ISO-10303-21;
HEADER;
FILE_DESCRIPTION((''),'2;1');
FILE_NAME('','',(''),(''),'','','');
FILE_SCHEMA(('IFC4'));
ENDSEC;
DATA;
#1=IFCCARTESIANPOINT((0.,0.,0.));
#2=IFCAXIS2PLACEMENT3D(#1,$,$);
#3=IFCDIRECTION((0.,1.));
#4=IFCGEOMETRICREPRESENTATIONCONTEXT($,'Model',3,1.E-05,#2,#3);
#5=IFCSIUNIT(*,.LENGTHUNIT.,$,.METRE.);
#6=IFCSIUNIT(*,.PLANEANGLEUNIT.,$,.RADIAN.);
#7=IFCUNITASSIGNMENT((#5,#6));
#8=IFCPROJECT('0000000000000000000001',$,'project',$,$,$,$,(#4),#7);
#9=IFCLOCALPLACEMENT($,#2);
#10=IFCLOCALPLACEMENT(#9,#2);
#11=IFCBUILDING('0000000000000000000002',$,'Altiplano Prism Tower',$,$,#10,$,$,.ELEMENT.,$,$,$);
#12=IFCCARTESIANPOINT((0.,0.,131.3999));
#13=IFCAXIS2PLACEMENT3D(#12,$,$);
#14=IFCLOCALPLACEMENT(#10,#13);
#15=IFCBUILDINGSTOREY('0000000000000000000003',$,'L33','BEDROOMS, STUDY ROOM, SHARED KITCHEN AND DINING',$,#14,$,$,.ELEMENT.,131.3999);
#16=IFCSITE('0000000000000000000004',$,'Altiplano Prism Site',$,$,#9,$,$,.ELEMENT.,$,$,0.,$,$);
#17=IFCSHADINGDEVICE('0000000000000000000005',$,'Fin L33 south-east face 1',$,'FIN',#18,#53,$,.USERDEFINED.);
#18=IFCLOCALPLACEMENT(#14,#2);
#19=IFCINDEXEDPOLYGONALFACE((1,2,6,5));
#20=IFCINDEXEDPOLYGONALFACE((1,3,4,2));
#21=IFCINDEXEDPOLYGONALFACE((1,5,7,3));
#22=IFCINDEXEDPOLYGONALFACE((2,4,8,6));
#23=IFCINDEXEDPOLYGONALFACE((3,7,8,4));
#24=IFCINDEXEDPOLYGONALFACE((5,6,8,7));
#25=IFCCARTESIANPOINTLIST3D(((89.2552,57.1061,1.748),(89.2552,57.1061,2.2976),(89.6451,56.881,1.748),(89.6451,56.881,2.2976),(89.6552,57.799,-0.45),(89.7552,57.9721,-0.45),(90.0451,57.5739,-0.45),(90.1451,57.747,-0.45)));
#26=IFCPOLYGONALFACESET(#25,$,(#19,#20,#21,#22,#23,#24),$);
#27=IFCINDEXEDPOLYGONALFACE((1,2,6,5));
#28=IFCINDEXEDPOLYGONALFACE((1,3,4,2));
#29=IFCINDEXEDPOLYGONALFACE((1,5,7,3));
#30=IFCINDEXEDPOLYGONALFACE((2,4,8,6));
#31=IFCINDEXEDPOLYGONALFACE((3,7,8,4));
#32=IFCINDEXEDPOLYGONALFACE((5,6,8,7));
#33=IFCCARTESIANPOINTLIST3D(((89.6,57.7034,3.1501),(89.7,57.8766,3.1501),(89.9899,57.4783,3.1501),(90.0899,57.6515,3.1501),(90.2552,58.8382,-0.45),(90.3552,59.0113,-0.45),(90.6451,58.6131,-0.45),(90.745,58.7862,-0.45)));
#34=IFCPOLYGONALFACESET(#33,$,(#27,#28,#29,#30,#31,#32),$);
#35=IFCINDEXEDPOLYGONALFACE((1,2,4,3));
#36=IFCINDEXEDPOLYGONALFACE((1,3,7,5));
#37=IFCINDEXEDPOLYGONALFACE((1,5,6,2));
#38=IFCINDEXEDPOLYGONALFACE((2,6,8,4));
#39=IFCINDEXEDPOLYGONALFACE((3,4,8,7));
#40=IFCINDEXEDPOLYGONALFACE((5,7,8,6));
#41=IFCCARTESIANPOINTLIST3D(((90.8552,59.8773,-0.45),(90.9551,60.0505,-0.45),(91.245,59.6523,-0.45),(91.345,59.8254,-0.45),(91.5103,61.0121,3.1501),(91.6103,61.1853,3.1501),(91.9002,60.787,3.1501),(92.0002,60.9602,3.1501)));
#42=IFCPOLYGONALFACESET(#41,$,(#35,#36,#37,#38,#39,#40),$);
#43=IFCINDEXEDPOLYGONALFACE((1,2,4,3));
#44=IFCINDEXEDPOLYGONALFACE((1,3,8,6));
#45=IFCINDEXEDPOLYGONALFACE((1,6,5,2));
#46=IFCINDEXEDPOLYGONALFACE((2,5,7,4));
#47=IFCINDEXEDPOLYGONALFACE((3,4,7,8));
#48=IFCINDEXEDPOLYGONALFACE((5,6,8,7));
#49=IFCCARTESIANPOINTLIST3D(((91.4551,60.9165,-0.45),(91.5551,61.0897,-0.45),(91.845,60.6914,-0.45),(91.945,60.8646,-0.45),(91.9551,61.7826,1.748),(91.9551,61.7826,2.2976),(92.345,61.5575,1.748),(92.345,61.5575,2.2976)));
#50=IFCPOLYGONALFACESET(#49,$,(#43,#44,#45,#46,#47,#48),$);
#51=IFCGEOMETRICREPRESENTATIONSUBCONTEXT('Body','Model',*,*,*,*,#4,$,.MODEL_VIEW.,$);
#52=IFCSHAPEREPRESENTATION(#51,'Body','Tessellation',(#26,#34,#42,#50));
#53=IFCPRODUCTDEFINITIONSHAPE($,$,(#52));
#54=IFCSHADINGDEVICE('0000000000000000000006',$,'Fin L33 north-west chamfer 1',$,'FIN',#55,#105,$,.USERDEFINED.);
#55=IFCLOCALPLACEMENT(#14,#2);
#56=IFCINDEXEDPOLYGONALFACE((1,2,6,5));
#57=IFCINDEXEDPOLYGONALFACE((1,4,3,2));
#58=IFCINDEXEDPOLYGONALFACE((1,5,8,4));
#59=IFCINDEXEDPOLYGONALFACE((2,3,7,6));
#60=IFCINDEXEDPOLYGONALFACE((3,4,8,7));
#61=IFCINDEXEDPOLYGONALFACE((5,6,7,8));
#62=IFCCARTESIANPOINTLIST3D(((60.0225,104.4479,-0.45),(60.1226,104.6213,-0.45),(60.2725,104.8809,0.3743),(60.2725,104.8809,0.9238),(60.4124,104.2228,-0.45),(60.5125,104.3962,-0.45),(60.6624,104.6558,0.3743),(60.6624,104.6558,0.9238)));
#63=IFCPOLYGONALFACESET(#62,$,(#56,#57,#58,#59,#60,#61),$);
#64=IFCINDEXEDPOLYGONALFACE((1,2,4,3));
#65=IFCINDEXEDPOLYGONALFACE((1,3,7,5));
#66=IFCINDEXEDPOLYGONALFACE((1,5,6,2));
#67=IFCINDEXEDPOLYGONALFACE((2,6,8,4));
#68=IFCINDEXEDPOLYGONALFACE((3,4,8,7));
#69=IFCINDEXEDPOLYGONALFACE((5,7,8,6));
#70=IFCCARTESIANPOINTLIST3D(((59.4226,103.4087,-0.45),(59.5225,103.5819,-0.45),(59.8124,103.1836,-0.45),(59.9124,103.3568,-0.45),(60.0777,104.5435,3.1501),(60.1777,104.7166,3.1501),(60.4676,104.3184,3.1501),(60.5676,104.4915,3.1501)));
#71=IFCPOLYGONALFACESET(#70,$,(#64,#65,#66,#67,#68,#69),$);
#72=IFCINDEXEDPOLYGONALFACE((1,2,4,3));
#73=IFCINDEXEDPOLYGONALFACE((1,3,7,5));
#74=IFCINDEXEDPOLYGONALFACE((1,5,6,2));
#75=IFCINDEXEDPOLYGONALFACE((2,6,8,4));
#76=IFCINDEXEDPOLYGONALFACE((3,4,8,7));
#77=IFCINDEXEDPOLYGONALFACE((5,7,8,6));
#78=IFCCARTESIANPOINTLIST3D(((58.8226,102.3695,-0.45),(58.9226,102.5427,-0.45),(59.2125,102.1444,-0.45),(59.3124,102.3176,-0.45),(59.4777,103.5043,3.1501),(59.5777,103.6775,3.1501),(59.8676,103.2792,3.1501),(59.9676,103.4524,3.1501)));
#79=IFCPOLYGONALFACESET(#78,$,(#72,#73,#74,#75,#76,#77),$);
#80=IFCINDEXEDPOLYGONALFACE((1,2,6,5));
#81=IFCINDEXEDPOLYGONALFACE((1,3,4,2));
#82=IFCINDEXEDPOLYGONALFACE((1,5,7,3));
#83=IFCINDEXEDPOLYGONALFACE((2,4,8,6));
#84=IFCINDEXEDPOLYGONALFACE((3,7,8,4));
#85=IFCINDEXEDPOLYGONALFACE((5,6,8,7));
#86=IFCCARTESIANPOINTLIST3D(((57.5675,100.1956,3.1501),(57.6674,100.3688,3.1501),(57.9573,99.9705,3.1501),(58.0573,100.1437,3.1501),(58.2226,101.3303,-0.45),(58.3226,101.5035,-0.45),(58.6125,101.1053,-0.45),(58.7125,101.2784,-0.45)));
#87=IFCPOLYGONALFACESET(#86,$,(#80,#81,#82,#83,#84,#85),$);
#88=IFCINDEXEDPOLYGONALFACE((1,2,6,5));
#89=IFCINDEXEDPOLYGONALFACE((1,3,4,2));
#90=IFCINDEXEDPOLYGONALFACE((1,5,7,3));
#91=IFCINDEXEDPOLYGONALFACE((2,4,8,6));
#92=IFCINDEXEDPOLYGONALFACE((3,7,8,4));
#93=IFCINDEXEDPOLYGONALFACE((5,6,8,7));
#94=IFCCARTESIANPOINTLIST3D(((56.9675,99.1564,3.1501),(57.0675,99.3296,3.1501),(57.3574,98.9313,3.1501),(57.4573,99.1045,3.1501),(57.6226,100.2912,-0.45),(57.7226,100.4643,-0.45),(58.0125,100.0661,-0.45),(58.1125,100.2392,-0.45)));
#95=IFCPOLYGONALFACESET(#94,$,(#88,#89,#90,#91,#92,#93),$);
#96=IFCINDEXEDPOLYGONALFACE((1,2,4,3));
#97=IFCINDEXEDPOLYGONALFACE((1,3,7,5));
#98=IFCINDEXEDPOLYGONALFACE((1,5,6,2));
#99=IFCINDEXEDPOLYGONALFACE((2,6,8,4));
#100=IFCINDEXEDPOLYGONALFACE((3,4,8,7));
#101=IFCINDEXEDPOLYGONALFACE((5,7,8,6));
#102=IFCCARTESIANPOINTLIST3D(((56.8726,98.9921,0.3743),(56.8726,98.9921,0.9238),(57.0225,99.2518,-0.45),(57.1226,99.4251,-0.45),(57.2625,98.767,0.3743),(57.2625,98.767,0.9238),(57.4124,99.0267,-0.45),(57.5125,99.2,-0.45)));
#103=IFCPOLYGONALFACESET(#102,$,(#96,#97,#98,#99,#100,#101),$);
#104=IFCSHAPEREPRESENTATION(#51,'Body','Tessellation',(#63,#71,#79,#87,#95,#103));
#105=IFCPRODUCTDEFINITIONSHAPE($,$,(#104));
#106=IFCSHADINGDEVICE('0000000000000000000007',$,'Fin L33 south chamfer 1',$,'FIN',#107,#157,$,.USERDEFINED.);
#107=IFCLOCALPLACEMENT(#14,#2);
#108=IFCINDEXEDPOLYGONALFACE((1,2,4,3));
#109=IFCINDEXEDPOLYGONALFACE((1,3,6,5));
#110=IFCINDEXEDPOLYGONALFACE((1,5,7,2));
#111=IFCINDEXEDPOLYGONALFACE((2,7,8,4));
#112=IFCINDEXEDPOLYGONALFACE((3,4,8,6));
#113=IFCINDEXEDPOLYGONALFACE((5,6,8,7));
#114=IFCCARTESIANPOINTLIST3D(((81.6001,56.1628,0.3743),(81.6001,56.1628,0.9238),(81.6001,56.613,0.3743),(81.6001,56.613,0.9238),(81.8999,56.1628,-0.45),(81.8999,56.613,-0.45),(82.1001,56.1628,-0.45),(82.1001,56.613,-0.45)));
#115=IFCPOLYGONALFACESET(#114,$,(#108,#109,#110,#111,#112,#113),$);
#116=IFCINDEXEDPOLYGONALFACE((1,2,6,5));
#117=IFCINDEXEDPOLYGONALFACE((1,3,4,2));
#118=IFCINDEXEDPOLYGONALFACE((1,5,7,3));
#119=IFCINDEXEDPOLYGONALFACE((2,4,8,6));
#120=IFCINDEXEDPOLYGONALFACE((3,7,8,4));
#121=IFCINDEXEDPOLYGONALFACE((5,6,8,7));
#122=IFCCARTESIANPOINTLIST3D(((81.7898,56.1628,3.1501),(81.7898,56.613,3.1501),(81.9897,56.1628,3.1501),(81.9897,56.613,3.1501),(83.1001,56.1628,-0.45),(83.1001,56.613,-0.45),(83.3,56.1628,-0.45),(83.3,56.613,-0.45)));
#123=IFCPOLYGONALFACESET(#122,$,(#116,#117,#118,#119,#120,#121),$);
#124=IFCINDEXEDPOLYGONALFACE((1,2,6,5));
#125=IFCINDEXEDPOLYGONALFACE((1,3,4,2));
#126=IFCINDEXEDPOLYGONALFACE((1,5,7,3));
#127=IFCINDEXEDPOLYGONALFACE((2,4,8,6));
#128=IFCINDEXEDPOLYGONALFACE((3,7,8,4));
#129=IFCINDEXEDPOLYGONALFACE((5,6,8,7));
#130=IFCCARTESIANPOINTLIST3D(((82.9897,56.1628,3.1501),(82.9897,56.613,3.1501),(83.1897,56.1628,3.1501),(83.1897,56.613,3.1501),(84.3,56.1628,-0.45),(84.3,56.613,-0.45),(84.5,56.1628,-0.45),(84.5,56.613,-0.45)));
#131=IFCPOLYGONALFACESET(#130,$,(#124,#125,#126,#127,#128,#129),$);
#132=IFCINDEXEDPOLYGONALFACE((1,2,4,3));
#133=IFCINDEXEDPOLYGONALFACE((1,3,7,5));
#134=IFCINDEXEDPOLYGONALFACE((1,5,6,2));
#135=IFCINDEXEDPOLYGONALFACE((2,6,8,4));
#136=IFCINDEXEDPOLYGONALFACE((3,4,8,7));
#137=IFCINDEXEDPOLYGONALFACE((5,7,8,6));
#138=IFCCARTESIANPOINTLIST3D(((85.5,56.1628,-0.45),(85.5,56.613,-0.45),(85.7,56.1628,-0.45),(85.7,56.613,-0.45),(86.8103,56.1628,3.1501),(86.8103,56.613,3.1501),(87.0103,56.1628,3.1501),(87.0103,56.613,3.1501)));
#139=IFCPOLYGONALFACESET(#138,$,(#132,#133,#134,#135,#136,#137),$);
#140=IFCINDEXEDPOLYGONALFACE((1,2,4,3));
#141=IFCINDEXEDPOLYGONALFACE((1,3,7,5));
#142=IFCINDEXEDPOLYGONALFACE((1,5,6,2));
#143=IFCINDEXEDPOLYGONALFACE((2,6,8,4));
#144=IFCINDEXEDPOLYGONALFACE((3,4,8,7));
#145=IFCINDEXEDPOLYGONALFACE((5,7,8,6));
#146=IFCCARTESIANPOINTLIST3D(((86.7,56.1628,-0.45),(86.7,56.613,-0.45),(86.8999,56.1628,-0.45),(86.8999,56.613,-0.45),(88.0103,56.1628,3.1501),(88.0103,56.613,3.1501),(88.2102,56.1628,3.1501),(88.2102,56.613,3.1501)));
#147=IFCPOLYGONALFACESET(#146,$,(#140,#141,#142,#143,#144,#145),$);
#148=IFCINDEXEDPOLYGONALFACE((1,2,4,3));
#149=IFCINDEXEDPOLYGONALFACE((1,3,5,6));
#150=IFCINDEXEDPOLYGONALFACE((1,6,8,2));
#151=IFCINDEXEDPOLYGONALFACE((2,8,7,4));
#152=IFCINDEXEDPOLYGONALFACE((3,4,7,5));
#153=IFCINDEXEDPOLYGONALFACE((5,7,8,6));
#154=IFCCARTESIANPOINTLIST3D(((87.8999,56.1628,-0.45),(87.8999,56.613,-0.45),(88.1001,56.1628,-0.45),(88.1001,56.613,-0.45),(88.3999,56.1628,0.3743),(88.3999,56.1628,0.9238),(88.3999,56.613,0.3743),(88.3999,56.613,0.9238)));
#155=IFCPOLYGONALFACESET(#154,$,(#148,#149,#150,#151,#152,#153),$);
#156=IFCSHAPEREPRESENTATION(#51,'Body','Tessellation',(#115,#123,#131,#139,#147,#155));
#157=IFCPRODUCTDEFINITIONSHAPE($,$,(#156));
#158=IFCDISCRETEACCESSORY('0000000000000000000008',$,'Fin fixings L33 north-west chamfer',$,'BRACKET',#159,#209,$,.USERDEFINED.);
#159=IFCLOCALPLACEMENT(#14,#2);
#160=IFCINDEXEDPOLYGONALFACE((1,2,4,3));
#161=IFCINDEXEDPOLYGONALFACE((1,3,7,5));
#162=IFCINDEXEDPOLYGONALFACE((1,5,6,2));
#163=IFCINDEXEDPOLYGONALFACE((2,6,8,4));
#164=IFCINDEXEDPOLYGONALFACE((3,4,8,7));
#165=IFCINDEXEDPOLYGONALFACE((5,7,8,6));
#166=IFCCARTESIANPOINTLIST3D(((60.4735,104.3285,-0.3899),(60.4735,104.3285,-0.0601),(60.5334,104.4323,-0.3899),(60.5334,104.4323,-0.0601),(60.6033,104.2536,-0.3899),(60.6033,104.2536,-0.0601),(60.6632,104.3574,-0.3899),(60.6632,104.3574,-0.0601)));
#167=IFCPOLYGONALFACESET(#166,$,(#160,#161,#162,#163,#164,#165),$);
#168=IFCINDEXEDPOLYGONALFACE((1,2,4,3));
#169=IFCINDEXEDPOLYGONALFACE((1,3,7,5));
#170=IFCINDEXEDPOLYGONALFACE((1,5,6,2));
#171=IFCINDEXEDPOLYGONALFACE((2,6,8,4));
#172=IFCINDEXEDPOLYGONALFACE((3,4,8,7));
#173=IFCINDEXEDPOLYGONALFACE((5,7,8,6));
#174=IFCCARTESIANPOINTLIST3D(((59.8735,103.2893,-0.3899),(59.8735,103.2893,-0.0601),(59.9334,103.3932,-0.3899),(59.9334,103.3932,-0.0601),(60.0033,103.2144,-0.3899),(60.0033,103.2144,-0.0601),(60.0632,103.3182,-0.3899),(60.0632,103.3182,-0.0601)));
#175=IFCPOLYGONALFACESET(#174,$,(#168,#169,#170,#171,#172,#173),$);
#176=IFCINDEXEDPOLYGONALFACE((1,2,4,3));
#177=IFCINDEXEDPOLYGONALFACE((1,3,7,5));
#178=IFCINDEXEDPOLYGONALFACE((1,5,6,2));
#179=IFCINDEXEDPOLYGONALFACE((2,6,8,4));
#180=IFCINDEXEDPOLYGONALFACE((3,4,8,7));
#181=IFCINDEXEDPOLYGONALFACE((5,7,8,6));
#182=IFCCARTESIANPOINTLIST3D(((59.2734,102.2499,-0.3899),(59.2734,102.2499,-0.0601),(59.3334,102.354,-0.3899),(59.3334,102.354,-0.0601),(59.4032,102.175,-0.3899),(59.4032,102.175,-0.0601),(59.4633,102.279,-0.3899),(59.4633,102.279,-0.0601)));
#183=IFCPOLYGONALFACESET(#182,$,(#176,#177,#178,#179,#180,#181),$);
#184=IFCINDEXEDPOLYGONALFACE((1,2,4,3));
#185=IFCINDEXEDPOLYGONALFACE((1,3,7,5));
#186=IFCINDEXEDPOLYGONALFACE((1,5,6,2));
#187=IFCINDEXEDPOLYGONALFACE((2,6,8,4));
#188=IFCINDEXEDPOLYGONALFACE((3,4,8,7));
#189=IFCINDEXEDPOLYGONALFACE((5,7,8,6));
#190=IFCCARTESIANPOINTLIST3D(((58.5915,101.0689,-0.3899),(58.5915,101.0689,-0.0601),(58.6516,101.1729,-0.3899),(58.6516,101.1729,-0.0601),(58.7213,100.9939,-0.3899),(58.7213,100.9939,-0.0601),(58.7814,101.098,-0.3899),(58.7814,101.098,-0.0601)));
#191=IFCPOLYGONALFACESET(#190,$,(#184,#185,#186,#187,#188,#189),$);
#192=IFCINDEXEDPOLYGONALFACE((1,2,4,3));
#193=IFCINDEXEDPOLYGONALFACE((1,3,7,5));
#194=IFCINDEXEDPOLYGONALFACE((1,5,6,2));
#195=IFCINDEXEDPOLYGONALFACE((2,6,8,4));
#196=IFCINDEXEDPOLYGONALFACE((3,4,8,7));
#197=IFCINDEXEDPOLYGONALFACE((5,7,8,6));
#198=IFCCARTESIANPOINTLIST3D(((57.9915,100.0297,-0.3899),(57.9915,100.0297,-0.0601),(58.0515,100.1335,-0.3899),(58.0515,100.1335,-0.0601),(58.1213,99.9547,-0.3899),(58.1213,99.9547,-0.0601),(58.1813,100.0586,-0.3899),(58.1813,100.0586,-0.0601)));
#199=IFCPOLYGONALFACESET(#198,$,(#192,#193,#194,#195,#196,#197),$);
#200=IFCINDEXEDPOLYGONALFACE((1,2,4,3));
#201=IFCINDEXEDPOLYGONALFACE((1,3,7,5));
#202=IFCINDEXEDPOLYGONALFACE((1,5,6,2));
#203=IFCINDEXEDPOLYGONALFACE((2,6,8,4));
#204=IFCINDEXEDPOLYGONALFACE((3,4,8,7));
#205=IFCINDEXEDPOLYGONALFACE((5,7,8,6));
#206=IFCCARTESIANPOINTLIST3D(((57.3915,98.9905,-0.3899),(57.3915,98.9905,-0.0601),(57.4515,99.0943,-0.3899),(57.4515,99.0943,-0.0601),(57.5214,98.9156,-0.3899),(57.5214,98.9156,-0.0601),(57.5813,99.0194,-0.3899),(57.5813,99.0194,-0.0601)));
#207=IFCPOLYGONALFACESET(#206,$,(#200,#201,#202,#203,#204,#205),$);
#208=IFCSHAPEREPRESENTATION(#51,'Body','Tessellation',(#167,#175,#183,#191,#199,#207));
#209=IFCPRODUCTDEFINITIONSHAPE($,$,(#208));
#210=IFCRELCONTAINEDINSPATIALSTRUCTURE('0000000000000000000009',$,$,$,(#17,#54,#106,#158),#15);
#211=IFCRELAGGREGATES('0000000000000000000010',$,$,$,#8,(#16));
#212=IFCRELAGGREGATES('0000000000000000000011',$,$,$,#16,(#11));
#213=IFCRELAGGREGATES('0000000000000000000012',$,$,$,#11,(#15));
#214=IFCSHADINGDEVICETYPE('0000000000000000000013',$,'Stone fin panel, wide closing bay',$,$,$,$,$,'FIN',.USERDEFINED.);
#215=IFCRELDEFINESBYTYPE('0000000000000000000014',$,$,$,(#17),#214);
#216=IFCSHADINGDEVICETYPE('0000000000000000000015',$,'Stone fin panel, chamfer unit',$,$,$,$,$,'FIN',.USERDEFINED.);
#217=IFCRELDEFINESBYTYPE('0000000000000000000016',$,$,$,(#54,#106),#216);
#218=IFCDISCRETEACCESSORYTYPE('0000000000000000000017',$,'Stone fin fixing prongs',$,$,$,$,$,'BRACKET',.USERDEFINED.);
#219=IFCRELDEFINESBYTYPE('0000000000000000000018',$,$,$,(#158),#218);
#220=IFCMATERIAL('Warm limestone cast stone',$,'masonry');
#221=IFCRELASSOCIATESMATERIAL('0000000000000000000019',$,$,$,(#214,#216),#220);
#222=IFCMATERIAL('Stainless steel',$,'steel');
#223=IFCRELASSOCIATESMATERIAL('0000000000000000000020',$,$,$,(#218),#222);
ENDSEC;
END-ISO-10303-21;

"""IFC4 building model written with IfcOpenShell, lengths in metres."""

from ifc_helpers import new_model, si_unit, direction, frame, origin, place, context, subcontext, project, spatial, polyline, outline, extrude, source, transform, mapped, material, type_object, element, save


model = new_model("IFC4")

# Units and contexts
model_context = context("Model", 3, precision=1e-05, world=origin(), true_north=direction((0.0, 1.0)))
body_context = subcontext(model_context, "Body", "Model", "MODEL_VIEW")
ifc_project = project(units=[si_unit("LENGTHUNIT", "METRE"), si_unit("PLANEANGLEUNIT", "RADIAN")], contexts=[model_context])

# Site, building, storey
site_placement = place(None, origin())
site = spatial("IfcSite", under=ifc_project, at=site_placement, Name="Altiplano Prism Site", CompositionType="ELEMENT", RefElevation=0.0)
building_placement = place(site_placement, origin())
building = spatial("IfcBuilding", under=site, at=building_placement, Name="Altiplano Prism Tower", CompositionType="ELEMENT")
storey_placement = place(building_placement, frame((0.0, 0.0, 131.3999)))
storey = spatial("IfcBuildingStorey", under=building, at=storey_placement, Name="L33", Description="BEDROOMS, STUDY ROOM, SHARED KITCHEN AND DINING", CompositionType="ELEMENT", Elevation=131.3999)

# Shading devices
ifc_material_1 = material(Name="Warm limestone cast stone", Category="masonry")
shading_device_type_1 = type_object("IfcShadingDeviceType", Name="Stone fin panel, wide closing bay", ElementType="FIN", PredefinedType="USERDEFINED", material=ifc_material_1)
shared_shape_1 = source(origin(), body_context, "Body", "SweptSolid", [
    extrude(outline(polyline([(-2.7, 2.7476), (-2.7, 2.198), (-1.8999, 0.0), (-1.7, 0.0), (-2.7, 2.7476)])), frame((0.0, -0.1499, 0.0), z_axis=(0.0, -1.0, 0.0), x_axis=(1.0, 0.0, 0.0)), (0.0, 0.0, 1.0), 0.4502),
    extrude(outline(polyline([(-2.0103, 3.6001), (-0.7, 0.0), (-0.5, 0.0), (-1.8103, 3.6001), (-2.0103, 3.6001)])), frame((0.0, -0.1499, 0.0), z_axis=(0.0, -1.0, 0.0), x_axis=(1.0, 0.0, 0.0)), (0.0, 0.0, 1.0), 0.4502),
    extrude(outline(polyline([(1.8103, 3.6001), (0.5, 0.0), (0.7, 0.0), (2.0103, 3.6001), (1.8103, 3.6001)])), frame((0.0, -0.1499, 0.0), z_axis=(0.0, -1.0, 0.0), x_axis=(1.0, 0.0, 0.0)), (0.0, 0.0, 1.0), 0.4502),
    extrude(outline(polyline([(2.7, 2.198), (2.7, 2.7476), (1.7, 0.0), (1.8999, 0.0), (2.7, 2.198)])), frame((0.0, -0.1499, 0.0), z_axis=(0.0, -1.0, 0.0), x_axis=(1.0, 0.0, 0.0)), (0.0, 0.0, 1.0), 0.4502),
])
shading_device_1_placement = place(storey_placement, origin())
element("IfcShadingDevice", 1, at=shading_device_1_placement, inside=storey, type_object=shading_device_type_1, Name="Fin L33 south-east face 1", ObjectType="FIN", PredefinedType="USERDEFINED", context=body_context, shape_type="MappedRepresentation", body=[
    mapped(shared_shape_1, transform((90.4753, 59.5193, -0.45), x_axis=(0.5, 0.866025, 0.0), y_axis=(-0.866025, 0.5, 0.0), z_axis=(0.0, 0.0, 1.0))),
])
shading_device_type_2 = type_object("IfcShadingDeviceType", Name="Stone fin panel, chamfer unit", ElementType="FIN", PredefinedType="USERDEFINED", material=ifc_material_1)
shared_shape_2 = source(origin(), body_context, "Body", "SweptSolid", [
    extrude(outline(polyline([(-3.3999, 1.3738), (-3.3999, 0.8242), (-3.1001, 0.0), (-2.8999, 0.0), (-3.3999, 1.3738)])), frame((0.0, -0.1499, 0.0), z_axis=(0.0, -1.0, 0.0), x_axis=(1.0, 0.0, 0.0)), (0.0, 0.0, 1.0), 0.4502),
    extrude(outline(polyline([(-3.2102, 3.6001), (-1.8999, 0.0), (-1.7, 0.0), (-3.0103, 3.6001), (-3.2102, 3.6001)])), frame((0.0, -0.1499, 0.0), z_axis=(0.0, -1.0, 0.0), x_axis=(1.0, 0.0, 0.0)), (0.0, 0.0, 1.0), 0.4502),
    extrude(outline(polyline([(-2.0103, 3.6001), (-0.7, 0.0), (-0.5, 0.0), (-1.8103, 3.6001), (-2.0103, 3.6001)])), frame((0.0, -0.1499, 0.0), z_axis=(0.0, -1.0, 0.0), x_axis=(1.0, 0.0, 0.0)), (0.0, 0.0, 1.0), 0.4502),
    extrude(outline(polyline([(1.8103, 3.6001), (0.5, 0.0), (0.7, 0.0), (2.0103, 3.6001), (1.8103, 3.6001)])), frame((0.0, -0.1499, 0.0), z_axis=(0.0, -1.0, 0.0), x_axis=(1.0, 0.0, 0.0)), (0.0, 0.0, 1.0), 0.4502),
    extrude(outline(polyline([(3.0103, 3.6001), (1.7, 0.0), (1.8999, 0.0), (3.2102, 3.6001), (3.0103, 3.6001)])), frame((0.0, -0.1499, 0.0), z_axis=(0.0, -1.0, 0.0), x_axis=(1.0, 0.0, 0.0)), (0.0, 0.0, 1.0), 0.4502),
    extrude(outline(polyline([(3.3999, 0.8242), (3.3999, 1.3738), (2.8999, 0.0), (3.1001, 0.0), (3.3999, 0.8242)])), frame((0.0, -0.1499, 0.0), z_axis=(0.0, -1.0, 0.0), x_axis=(1.0, 0.0, 0.0)), (0.0, 0.0, 1.0), 0.4502),
])
shading_device_2_placement = place(storey_placement, origin())
element("IfcShadingDevice", 2, at=shading_device_2_placement, inside=storey, type_object=shading_device_type_2, Name="Fin L33 north-west chamfer 1", ObjectType="FIN", PredefinedType="USERDEFINED", context=body_context, shape_type="MappedRepresentation", body=[
    mapped(shared_shape_2, transform((59.0923, 101.6365, -0.45), x_axis=(-0.5, -0.866025, 0.0), y_axis=(0.866025, -0.5, 0.0), z_axis=(0.0, 0.0, 1.0))),
])
shading_device_3_placement = place(storey_placement, origin())
element("IfcShadingDevice", 3, at=shading_device_3_placement, inside=storey, type_object=shading_device_type_2, Name="Fin L33 south chamfer 1", ObjectType="FIN", PredefinedType="USERDEFINED", context=body_context, shape_type="MappedRepresentation", body=[
    mapped(shared_shape_2, transform((85.0, 56.7629, -0.45), x_axis=(1.0, 0.0, 0.0), y_axis=(0.0, 1.0, 0.0), z_axis=(0.0, 0.0, 1.0))),
])

# Discrete accessory
ifc_material_2 = material(Name="Stainless steel", Category="steel")
discrete_accessory_type = type_object("IfcDiscreteAccessoryType", Name="Stone fin fixing prongs", ElementType="BRACKET", PredefinedType="USERDEFINED", material=ifc_material_2)
shared_shape_3 = source(origin(), body_context, "Body", "SweptSolid", [
    extrude(outline(polyline([(-3.1418, 0.0601), (-3.022, 0.0601), (-3.022, 0.3899), (-3.1418, 0.3899), (-3.1418, 0.0601)])), frame((0.0, 0.0, 0.0), z_axis=(0.0, -1.0, 0.0), x_axis=(1.0, 0.0, 0.0)), (0.0, 0.0, 1.0), 0.1499),
    extrude(outline(polyline([(-1.9419, 0.0601), (-1.822, 0.0601), (-1.822, 0.3899), (-1.9419, 0.3899), (-1.9419, 0.0601)])), frame((0.0, 0.0, 0.0), z_axis=(0.0, -1.0, 0.0), x_axis=(1.0, 0.0, 0.0)), (0.0, 0.0, 1.0), 0.1499),
    extrude(outline(polyline([(-0.7419, 0.0601), (-0.6218, 0.0601), (-0.6218, 0.3899), (-0.7419, 0.3899), (-0.7419, 0.0601)])), frame((0.0, 0.0, 0.0), z_axis=(0.0, -1.0, 0.0), x_axis=(1.0, 0.0, 0.0)), (0.0, 0.0, 1.0), 0.1499),
    extrude(outline(polyline([(0.6218, 0.0601), (0.7419, 0.0601), (0.7419, 0.3899), (0.6218, 0.3899), (0.6218, 0.0601)])), frame((0.0, 0.0, 0.0), z_axis=(0.0, -1.0, 0.0), x_axis=(1.0, 0.0, 0.0)), (0.0, 0.0, 1.0), 0.1499),
    extrude(outline(polyline([(1.822, 0.0601), (1.9419, 0.0601), (1.9419, 0.3899), (1.822, 0.3899), (1.822, 0.0601)])), frame((0.0, 0.0, 0.0), z_axis=(0.0, -1.0, 0.0), x_axis=(1.0, 0.0, 0.0)), (0.0, 0.0, 1.0), 0.1499),
    extrude(outline(polyline([(3.022, 0.0601), (3.1418, 0.0601), (3.1418, 0.3899), (3.022, 0.3899), (3.022, 0.0601)])), frame((0.0, 0.0, 0.0), z_axis=(0.0, -1.0, 0.0), x_axis=(1.0, 0.0, 0.0)), (0.0, 0.0, 1.0), 0.1499),
])
discrete_accessory_1_placement = place(storey_placement, origin())
element("IfcDiscreteAccessory", 4, at=discrete_accessory_1_placement, inside=storey, type_object=discrete_accessory_type, Name="Fin fixings L33 north-west chamfer", ObjectType="BRACKET", PredefinedType="USERDEFINED", context=body_context, shape_type="MappedRepresentation", body=[
    mapped(shared_shape_3, transform((59.0923, 101.6365, -0.45), x_axis=(-0.5, -0.866025, 0.0), y_axis=(0.866025, -0.5, 0.0), z_axis=(0.0, 0.0, 1.0))),
])

save(model, "model.ifc")
